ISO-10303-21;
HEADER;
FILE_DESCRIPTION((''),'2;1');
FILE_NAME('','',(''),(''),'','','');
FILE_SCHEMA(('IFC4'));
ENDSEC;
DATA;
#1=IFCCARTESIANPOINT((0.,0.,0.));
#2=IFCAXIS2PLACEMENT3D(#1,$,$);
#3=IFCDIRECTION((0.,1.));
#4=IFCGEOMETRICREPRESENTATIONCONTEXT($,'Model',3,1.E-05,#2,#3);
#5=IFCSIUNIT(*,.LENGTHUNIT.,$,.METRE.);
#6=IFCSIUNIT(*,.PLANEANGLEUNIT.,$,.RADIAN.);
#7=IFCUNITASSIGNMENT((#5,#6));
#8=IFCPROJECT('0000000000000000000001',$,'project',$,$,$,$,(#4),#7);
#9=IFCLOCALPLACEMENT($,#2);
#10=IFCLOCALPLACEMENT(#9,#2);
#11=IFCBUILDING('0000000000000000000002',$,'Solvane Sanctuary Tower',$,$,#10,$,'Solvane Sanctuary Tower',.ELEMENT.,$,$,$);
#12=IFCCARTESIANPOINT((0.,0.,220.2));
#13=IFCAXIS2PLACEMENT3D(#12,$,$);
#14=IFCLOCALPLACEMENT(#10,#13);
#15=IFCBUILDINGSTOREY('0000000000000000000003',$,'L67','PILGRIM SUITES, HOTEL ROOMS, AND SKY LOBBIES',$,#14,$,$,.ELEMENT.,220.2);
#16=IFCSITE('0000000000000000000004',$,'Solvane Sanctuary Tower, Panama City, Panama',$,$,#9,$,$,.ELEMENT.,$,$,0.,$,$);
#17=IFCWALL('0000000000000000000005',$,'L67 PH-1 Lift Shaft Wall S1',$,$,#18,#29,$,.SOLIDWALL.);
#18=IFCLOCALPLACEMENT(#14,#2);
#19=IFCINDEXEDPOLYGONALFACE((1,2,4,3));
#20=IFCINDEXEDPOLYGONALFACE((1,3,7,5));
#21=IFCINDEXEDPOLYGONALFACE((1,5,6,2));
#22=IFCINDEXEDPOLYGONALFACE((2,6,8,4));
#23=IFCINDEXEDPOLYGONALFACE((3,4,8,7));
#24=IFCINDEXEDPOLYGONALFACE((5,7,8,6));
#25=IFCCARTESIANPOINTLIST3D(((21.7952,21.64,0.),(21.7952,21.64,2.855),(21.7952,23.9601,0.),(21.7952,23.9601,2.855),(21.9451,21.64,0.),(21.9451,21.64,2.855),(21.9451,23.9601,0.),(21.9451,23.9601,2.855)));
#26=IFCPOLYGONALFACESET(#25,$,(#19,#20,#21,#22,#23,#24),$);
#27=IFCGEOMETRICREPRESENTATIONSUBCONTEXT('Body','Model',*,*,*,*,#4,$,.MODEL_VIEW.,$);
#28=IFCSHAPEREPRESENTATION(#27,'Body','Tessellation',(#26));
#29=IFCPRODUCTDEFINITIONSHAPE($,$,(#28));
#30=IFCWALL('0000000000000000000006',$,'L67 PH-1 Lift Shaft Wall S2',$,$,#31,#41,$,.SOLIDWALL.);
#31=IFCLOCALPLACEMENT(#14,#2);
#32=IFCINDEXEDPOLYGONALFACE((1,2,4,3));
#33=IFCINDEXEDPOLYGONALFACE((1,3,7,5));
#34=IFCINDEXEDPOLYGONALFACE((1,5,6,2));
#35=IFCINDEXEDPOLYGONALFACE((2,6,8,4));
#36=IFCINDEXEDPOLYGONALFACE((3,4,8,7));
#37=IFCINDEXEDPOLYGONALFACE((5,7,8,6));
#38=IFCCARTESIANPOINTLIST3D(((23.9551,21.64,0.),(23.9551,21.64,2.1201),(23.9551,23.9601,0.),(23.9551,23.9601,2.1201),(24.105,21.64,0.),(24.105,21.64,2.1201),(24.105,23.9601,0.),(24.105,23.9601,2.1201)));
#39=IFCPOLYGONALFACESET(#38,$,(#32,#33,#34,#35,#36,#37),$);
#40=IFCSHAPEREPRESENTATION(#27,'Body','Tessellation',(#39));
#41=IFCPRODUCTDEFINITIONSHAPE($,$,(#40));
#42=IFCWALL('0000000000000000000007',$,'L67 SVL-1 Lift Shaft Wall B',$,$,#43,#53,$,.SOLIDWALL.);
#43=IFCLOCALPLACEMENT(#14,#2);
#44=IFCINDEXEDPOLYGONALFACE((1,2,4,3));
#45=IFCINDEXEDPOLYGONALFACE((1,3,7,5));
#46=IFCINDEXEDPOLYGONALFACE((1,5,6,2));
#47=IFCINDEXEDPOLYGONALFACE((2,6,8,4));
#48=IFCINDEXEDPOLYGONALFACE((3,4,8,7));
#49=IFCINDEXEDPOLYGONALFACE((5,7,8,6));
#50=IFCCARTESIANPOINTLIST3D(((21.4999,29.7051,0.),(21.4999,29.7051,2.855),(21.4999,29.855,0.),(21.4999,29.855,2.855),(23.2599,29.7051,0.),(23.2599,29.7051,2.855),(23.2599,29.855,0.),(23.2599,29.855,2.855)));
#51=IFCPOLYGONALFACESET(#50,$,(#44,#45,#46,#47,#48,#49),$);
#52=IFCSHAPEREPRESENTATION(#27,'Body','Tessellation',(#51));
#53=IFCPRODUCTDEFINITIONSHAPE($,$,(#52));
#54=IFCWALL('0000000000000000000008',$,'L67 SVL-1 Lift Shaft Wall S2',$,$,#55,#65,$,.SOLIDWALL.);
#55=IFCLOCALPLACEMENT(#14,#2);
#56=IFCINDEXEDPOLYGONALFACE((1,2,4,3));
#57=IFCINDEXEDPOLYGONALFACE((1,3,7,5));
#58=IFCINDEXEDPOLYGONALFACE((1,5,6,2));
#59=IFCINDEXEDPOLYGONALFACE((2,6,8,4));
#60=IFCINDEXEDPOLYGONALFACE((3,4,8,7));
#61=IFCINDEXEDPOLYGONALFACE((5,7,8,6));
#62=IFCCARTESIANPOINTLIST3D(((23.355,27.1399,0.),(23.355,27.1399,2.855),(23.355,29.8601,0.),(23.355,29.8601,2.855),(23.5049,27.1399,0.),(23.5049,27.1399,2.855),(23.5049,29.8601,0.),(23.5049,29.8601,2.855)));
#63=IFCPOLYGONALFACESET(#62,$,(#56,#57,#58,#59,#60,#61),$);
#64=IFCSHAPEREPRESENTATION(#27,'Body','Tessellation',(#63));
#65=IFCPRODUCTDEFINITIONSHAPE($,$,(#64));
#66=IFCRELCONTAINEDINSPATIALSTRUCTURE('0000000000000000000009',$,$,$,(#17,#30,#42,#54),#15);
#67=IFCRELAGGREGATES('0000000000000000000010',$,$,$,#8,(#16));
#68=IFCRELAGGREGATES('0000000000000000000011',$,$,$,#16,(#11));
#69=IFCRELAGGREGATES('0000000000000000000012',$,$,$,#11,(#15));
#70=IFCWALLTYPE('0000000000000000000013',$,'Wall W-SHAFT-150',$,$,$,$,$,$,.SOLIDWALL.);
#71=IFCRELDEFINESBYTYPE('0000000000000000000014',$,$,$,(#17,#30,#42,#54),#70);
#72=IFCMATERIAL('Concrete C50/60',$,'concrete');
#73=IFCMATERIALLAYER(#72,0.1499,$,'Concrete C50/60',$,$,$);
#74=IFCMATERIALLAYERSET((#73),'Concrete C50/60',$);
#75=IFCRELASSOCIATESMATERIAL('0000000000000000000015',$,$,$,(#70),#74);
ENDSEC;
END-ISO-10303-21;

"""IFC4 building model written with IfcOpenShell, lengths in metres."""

from ifc_helpers import new_model, si_unit, direction, frame, frame_2d, origin, place, context, subcontext, project, spatial, rectangle, extrude, material, layer, layer_set, type_object, element, save


model = new_model("IFC4")

# Units and contexts
model_context = context("Model", 3, precision=1e-05, world=origin(), true_north=direction((0.0, 1.0)))
body_context = subcontext(model_context, "Body", "Model", "MODEL_VIEW")
ifc_project = project(units=[si_unit("LENGTHUNIT", "METRE"), si_unit("PLANEANGLEUNIT", "RADIAN")], contexts=[model_context])

# Site, building, storey
site_placement = place(None, origin())
site = spatial("IfcSite", under=ifc_project, at=site_placement, Name="Solvane Sanctuary Tower, Panama City, Panama", CompositionType="ELEMENT", RefElevation=0.0)
building_placement = place(site_placement, origin())
building = spatial("IfcBuilding", under=site, at=building_placement, Name="Solvane Sanctuary Tower", LongName="Solvane Sanctuary Tower", CompositionType="ELEMENT")
storey_placement = place(building_placement, frame((0.0, 0.0, 220.2)))
storey = spatial("IfcBuildingStorey", under=building, at=storey_placement, Name="L67", Description="PILGRIM SUITES, HOTEL ROOMS, AND SKY LOBBIES", CompositionType="ELEMENT", Elevation=220.2)

# Shared definitions
ifc_material_1 = material(Name="Concrete C50/60", Category="concrete")

# Shared definitions
ifc_layer_1 = layer(ifc_material_1, 0.1499, Name="Concrete C50/60")
ifc_layer_set_1 = layer_set([ifc_layer_1], Name="Concrete C50/60")
wall_type_1 = type_object("IfcWallType", Name="Wall W-SHAFT-150", PredefinedType="SOLIDWALL", material=ifc_layer_set_1)

# Walls
wall_1_placement = place(storey_placement, frame((21.8701, 21.6399, 0.0), z_axis=(0.0, 0.0, 1.0), x_axis=(0.0, 1.0, 0.0)))
element("IfcWall", 1, at=wall_1_placement, inside=storey, type_object=wall_type_1, Name="L67 PH-1 Lift Shaft Wall S1", PredefinedType="SOLIDWALL", context=body_context, shape_type="SweptSolid", body=[
    extrude(rectangle(XDim=2.3201, YDim=0.1499, at=frame_2d((1.1602, 0.0))), origin(), (0.0, 0.0, 1.0), 2.855),
])
wall_2_placement = place(storey_placement, frame((24.03, 21.6399, 0.0), z_axis=(0.0, 0.0, 1.0), x_axis=(0.0, 1.0, 0.0)))
element("IfcWall", 2, at=wall_2_placement, inside=storey, type_object=wall_type_1, Name="L67 PH-1 Lift Shaft Wall S2", PredefinedType="SOLIDWALL", context=body_context, shape_type="SweptSolid", body=[
    extrude(rectangle(XDim=2.3201, YDim=0.1499, at=frame_2d((1.1602, 0.0))), origin(), (0.0, 0.0, 1.0), 2.1201),
])
wall_3_placement = place(storey_placement, frame((21.5, 29.78, 0.0), z_axis=(0.0, 0.0, 1.0), x_axis=(1.0, 0.0, 0.0)))
element("IfcWall", 3, at=wall_3_placement, inside=storey, type_object=wall_type_1, Name="L67 SVL-1 Lift Shaft Wall B", PredefinedType="SOLIDWALL", context=body_context, shape_type="SweptSolid", body=[
    extrude(rectangle(XDim=1.76, YDim=0.1499, at=frame_2d((0.8799, 0.0))), origin(), (0.0, 0.0, 1.0), 2.855),
])
wall_4_placement = place(storey_placement, frame((23.4299, 27.1399, 0.0), z_axis=(0.0, 0.0, 1.0), x_axis=(0.0, 1.0, 0.0)))
element("IfcWall", 4, at=wall_4_placement, inside=storey, type_object=wall_type_1, Name="L67 SVL-1 Lift Shaft Wall S2", PredefinedType="SOLIDWALL", context=body_context, shape_type="SweptSolid", body=[
    extrude(rectangle(XDim=2.7202, YDim=0.1499, at=frame_2d((1.3601, 0.0))), origin(), (0.0, 0.0, 1.0), 2.855),
])

save(model, "model.ifc")
